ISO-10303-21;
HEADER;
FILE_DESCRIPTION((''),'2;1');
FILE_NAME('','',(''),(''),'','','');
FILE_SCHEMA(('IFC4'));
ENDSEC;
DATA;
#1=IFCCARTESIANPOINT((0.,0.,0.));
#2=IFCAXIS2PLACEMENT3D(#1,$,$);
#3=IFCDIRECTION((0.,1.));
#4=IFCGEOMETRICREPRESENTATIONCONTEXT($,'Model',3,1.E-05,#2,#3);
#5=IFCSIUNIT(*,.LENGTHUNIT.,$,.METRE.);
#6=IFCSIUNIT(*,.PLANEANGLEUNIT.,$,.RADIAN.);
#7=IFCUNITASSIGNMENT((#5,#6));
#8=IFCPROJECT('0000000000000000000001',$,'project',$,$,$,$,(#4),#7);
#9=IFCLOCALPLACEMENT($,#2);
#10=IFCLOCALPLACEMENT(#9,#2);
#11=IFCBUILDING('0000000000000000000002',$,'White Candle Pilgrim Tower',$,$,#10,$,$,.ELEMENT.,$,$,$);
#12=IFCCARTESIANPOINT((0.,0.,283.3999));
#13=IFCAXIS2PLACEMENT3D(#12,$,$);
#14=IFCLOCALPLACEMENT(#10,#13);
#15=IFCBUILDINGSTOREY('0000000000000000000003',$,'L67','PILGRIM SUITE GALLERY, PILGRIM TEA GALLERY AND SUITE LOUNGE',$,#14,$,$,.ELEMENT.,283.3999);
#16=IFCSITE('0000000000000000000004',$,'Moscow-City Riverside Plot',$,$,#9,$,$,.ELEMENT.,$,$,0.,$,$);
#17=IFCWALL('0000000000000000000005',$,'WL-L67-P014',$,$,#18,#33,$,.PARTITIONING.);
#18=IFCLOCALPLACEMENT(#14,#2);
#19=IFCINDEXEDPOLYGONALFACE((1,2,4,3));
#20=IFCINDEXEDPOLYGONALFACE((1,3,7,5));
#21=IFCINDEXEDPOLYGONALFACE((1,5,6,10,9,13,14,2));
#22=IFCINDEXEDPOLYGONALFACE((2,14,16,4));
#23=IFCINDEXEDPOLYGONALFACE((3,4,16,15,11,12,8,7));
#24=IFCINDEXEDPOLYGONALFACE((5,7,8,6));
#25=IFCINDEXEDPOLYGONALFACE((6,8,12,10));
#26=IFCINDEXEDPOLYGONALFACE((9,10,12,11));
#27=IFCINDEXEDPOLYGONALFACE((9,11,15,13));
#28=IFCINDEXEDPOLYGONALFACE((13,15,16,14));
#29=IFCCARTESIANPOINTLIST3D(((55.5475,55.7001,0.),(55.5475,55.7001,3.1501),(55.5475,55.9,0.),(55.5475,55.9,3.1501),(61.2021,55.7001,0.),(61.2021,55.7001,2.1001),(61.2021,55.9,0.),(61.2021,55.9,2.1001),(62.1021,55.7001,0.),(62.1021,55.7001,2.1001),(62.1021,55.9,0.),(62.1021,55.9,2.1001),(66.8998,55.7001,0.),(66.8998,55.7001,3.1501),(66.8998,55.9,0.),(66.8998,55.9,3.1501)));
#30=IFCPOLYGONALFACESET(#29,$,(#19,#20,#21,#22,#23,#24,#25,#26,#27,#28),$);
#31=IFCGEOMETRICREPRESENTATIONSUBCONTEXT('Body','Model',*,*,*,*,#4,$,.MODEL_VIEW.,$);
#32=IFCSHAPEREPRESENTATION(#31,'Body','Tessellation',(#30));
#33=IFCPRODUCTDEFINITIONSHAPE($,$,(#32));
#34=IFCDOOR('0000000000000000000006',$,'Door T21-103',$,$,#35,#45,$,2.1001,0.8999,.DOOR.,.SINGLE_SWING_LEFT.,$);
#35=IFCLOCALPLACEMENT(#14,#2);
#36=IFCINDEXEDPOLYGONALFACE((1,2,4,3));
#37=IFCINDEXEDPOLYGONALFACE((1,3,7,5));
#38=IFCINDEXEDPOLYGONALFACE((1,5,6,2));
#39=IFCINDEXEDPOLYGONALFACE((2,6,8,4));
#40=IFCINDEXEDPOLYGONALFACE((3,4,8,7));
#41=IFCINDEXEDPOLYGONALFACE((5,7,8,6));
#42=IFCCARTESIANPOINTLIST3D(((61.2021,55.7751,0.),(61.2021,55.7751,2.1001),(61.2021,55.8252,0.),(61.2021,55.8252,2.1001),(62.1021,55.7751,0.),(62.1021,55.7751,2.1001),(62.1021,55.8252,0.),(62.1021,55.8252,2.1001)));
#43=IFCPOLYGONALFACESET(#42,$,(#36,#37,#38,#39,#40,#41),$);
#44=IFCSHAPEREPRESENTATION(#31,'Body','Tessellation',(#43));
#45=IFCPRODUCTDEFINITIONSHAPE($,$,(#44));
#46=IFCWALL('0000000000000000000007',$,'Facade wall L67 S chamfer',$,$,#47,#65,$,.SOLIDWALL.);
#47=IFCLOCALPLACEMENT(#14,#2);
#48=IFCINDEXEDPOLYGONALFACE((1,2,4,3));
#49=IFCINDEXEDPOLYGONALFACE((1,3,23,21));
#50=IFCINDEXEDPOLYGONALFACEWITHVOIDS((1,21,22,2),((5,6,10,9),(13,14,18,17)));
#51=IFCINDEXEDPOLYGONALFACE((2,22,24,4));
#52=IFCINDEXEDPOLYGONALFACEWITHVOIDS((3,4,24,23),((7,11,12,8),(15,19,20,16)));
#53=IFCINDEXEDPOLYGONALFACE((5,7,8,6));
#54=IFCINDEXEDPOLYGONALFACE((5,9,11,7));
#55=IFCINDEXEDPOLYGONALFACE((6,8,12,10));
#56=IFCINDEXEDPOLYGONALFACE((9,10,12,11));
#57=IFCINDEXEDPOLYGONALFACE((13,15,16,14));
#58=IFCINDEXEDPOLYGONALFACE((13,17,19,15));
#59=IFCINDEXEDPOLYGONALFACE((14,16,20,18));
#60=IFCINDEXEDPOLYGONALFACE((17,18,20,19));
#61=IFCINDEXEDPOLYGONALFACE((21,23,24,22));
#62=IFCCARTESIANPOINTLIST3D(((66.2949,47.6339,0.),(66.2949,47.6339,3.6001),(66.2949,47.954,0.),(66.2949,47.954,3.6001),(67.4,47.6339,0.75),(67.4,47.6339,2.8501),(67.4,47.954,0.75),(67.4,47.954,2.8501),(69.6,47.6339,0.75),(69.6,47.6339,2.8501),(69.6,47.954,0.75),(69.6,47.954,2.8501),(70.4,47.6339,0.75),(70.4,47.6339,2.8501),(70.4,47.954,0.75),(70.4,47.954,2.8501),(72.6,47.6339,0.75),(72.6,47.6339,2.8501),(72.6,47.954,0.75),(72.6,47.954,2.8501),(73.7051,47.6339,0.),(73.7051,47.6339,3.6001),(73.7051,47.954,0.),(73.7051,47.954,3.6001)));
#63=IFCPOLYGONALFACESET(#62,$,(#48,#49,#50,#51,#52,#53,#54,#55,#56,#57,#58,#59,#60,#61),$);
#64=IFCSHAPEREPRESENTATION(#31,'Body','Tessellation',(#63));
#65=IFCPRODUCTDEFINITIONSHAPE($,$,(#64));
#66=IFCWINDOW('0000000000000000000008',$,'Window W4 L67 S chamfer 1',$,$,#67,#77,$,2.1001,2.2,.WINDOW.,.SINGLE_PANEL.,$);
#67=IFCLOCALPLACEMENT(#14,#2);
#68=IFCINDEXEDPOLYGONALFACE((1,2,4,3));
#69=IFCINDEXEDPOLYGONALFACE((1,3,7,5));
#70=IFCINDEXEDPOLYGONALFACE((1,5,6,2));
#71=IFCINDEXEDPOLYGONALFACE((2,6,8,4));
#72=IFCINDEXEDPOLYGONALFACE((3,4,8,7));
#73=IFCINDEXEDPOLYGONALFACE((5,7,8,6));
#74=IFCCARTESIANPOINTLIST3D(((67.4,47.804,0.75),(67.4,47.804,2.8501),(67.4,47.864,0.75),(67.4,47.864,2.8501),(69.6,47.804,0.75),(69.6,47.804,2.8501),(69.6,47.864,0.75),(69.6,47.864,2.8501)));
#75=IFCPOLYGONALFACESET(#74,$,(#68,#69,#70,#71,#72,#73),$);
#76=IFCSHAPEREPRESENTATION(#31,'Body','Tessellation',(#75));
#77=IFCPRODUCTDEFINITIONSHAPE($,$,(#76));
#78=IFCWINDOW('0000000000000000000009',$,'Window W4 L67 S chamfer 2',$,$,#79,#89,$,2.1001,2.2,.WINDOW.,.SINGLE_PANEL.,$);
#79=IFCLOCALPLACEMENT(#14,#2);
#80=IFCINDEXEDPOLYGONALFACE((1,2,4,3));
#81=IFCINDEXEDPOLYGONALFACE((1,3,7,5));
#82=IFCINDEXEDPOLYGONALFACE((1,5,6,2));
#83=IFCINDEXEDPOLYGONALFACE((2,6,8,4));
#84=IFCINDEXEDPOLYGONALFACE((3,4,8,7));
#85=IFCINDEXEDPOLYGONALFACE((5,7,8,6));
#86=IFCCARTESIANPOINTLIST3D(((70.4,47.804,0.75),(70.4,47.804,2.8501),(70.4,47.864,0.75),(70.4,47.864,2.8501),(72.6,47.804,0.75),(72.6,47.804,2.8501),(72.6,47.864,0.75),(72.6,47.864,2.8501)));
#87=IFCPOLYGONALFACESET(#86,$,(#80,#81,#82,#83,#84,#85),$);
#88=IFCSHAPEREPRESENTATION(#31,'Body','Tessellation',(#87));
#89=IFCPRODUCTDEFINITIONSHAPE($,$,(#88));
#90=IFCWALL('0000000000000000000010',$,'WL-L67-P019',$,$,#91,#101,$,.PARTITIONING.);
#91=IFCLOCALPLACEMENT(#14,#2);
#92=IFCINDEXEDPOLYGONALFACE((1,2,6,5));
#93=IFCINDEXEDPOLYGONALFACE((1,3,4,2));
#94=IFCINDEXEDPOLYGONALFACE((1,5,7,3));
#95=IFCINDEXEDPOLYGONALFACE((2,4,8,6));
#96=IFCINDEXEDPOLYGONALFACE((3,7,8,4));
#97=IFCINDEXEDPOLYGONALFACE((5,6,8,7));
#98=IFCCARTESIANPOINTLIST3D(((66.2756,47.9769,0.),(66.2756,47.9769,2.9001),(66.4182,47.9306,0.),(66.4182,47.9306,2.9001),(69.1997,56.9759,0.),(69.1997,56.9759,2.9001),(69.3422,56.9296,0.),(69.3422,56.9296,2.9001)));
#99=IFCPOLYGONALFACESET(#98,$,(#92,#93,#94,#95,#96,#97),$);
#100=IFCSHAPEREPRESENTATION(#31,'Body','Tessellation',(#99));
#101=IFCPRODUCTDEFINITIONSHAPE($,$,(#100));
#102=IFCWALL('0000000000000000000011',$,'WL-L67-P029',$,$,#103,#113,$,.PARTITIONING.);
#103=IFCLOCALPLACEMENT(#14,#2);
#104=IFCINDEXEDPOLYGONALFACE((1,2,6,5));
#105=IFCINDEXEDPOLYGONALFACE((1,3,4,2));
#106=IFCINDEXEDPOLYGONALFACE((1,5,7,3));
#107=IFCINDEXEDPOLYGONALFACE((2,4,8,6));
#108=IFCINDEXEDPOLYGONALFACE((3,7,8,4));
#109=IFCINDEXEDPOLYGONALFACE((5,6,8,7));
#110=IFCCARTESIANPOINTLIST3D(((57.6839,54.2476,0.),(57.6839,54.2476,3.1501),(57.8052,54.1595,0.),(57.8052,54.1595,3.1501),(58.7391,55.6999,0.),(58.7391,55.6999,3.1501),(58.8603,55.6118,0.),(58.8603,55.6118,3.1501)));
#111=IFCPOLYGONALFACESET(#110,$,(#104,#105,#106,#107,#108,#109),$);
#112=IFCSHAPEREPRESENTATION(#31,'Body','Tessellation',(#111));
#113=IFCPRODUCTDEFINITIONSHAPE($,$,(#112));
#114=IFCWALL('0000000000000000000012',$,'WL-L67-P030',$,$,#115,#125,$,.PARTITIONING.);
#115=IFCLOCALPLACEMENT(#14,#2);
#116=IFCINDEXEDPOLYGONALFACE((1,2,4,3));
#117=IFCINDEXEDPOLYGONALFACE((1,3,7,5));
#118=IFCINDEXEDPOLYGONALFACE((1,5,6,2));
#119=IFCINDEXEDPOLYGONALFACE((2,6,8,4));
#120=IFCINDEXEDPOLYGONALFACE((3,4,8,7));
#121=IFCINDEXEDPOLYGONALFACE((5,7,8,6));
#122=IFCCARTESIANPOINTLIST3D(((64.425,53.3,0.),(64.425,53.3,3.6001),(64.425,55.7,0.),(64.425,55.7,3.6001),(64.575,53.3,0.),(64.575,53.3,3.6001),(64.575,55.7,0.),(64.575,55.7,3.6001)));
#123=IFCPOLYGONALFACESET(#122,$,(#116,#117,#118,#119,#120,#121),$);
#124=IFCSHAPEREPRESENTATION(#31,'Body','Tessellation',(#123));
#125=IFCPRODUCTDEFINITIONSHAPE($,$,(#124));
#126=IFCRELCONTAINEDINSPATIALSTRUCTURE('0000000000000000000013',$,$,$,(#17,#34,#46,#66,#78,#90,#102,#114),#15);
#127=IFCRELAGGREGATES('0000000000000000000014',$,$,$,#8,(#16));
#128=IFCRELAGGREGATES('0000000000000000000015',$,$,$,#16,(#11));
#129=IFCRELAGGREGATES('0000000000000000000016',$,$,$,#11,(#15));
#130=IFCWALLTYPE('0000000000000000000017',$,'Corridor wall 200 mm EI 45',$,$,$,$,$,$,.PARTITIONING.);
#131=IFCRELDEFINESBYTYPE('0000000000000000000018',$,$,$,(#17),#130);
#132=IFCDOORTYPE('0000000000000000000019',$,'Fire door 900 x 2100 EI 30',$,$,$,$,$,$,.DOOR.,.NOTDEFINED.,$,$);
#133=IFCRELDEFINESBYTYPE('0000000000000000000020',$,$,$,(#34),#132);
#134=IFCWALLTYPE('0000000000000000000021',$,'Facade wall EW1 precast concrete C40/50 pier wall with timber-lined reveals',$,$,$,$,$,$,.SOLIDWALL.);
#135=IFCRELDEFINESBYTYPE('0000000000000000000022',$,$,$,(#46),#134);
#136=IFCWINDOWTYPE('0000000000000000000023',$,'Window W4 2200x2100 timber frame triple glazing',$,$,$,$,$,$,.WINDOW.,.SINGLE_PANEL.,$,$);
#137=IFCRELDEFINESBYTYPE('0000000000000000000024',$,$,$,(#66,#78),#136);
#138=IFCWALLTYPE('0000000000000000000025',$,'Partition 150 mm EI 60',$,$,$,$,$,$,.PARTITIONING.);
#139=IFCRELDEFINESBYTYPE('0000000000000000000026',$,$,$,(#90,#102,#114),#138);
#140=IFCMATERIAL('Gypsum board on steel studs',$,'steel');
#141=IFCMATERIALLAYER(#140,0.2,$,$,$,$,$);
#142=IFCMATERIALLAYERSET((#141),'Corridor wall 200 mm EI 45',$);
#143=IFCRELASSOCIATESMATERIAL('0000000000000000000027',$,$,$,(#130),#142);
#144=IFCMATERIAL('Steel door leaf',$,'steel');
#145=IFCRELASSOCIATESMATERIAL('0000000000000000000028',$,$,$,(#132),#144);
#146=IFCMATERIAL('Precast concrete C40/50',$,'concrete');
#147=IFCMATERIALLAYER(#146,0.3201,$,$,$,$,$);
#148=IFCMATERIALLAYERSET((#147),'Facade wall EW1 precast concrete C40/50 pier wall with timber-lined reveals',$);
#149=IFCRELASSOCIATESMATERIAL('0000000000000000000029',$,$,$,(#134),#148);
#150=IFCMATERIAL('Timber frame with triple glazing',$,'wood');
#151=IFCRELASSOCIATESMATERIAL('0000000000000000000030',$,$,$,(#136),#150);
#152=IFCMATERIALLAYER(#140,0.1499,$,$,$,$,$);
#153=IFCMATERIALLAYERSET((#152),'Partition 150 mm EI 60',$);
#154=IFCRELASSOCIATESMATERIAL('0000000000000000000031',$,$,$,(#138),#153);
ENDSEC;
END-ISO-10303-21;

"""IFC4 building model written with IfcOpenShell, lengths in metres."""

from ifc_helpers import new_model, si_unit, direction, frame, frame_2d, origin, place, context, subcontext, project, spatial, rectangle, extrude, material, layer, layer_set, type_object, element, fill, save


model = new_model("IFC4")

# Units and contexts
model_context = context("Model", 3, precision=1e-05, world=origin(), true_north=direction((0.0, 1.0)))
body_context = subcontext(model_context, "Body", "Model", "MODEL_VIEW")
ifc_project = project(units=[si_unit("LENGTHUNIT", "METRE"), si_unit("PLANEANGLEUNIT", "RADIAN")], contexts=[model_context])

# Site, building, storey
site_placement = place(None, origin())
site = spatial("IfcSite", under=ifc_project, at=site_placement, Name="Moscow-City Riverside Plot", CompositionType="ELEMENT", RefElevation=0.0)
building_placement = place(site_placement, origin())
building = spatial("IfcBuilding", under=site, at=building_placement, Name="White Candle Pilgrim Tower", CompositionType="ELEMENT")
storey_placement = place(building_placement, frame((0.0, 0.0, 283.3999)))
storey = spatial("IfcBuildingStorey", under=building, at=storey_placement, Name="L67", Description="PILGRIM SUITE GALLERY, PILGRIM TEA GALLERY AND SUITE LOUNGE", CompositionType="ELEMENT", Elevation=283.3999)

# Wall, opening, door
ifc_material_1 = material(Name="Gypsum board on steel studs", Category="steel")
ifc_layer_1 = layer(ifc_material_1, 0.2)
ifc_layer_set_1 = layer_set([ifc_layer_1], Name="Corridor wall 200 mm EI 45")
wall_type_1 = type_object("IfcWallType", Name="Corridor wall 200 mm EI 45", PredefinedType="PARTITIONING", material=ifc_layer_set_1)
wall_1_placement = place(storey_placement, frame((66.8999, 55.8, 0.0), z_axis=(0.0, 0.0, 1.0), x_axis=(-1.0, 0.0, 0.0)))
wall_1 = element("IfcWall", 1, at=wall_1_placement, inside=storey, type_object=wall_type_1, Name="WL-L67-P014", PredefinedType="PARTITIONING", context=body_context, shape_type="SweptSolid", body=[
    extrude(rectangle(XDim=11.3523, YDim=0.2, at=frame_2d((5.6763, 0.0))), origin(), (0.0, 0.0, 1.0), 3.1501),
])
opening_1_placement = place(wall_1_placement, frame((4.7979, 0.0, 0.0)))
opening_1 = element("IfcOpeningElement", 2, at=opening_1_placement, cuts=wall_1, PredefinedType="OPENING", context=body_context, shape_type="SweptSolid", body=[
    extrude(rectangle(XDim=0.8999, YDim=2.1001, at=frame_2d((0.45, 1.05))), frame((0.0, 0.1099, 0.0), z_axis=(0.0, -1.0, 0.0), x_axis=(1.0, 0.0, 0.0)), (0.0, 0.0, 1.0), 0.22),
])
ifc_material_2 = material(Name="Steel door leaf", Category="steel")
door_type = type_object("IfcDoorType", Name="Fire door 900 x 2100 EI 30", OperationType="NOTDEFINED", PredefinedType="DOOR", material=ifc_material_2)
door_placement = place(opening_1_placement, origin())
door = element("IfcDoor", 3, at=door_placement, inside=storey, type_object=door_type, Name="Door T21-103", OperationType="SINGLE_SWING_LEFT", OverallHeight=2.1001, OverallWidth=0.8999, PredefinedType="DOOR", context=body_context, shape_type="SweptSolid", body=[
    extrude(rectangle(XDim=0.8999, YDim=2.1001, at=frame_2d((0.45, 1.05))), frame((0.0, 0.0249, 0.0), z_axis=(0.0, -1.0, 0.0), x_axis=(1.0, 0.0, 0.0)), (0.0, 0.0, 1.0), 0.05),
])
fill(opening_1, door)

# Wall, openings, windows
ifc_material_3 = material(Name="Precast concrete C40/50", Category="concrete")
ifc_layer_2 = layer(ifc_material_3, 0.3201)
ifc_layer_set_2 = layer_set([ifc_layer_2], Name="Facade wall EW1 precast concrete C40/50 pier wall with timber-lined reveals")
wall_type_2 = type_object("IfcWallType", Name="Facade wall EW1 precast concrete C40/50 pier wall with timber-lined reveals", PredefinedType="SOLIDWALL", material=ifc_layer_set_2)
wall_2_placement = place(storey_placement, frame((66.2949, 47.7939, 0.0), z_axis=(0.0, 0.0, 1.0), x_axis=(1.0, 0.0, 0.0)))
wall_2 = element("IfcWall", 4, at=wall_2_placement, inside=storey, type_object=wall_type_2, Name="Facade wall L67 S chamfer", PredefinedType="SOLIDWALL", context=body_context, shape_type="SweptSolid", body=[
    extrude(rectangle(XDim=7.4102, YDim=0.3201, at=frame_2d((3.7051, 0.0))), origin(), (0.0, 0.0, 1.0), 3.6001),
])
opening_2_placement = place(wall_2_placement, frame((1.105, 0.0, 0.75)))
opening_2 = element("IfcOpeningElement", 5, at=opening_2_placement, cuts=wall_2, PredefinedType="OPENING", context=body_context, shape_type="SweptSolid", body=[
    extrude(rectangle(XDim=2.2, YDim=2.1001, at=frame_2d((1.1001, 1.05))), frame((0.0, 0.1699, 0.0), z_axis=(0.0, -1.0, 0.0), x_axis=(1.0, 0.0, 0.0)), (0.0, 0.0, 1.0), 0.3401),
])
opening_3_placement = place(wall_2_placement, frame((4.105, 0.0, 0.75)))
opening_3 = element("IfcOpeningElement", 6, at=opening_3_placement, cuts=wall_2, PredefinedType="OPENING", context=body_context, shape_type="SweptSolid", body=[
    extrude(rectangle(XDim=2.2, YDim=2.1001, at=frame_2d((1.1001, 1.05))), frame((0.0, 0.1699, 0.0), z_axis=(0.0, -1.0, 0.0), x_axis=(1.0, 0.0, 0.0)), (0.0, 0.0, 1.0), 0.3401),
])
ifc_material_4 = material(Name="Timber frame with triple glazing", Category="wood")
window_type = type_object("IfcWindowType", Name="Window W4 2200x2100 timber frame triple glazing", PartitioningType="SINGLE_PANEL", PredefinedType="WINDOW", material=ifc_material_4)
window_1_placement = place(opening_2_placement, origin())
window_1 = element("IfcWindow", 7, at=window_1_placement, inside=storey, type_object=window_type, Name="Window W4 L67 S chamfer 1", OverallHeight=2.1001, OverallWidth=2.2, PartitioningType="SINGLE_PANEL", PredefinedType="WINDOW", context=body_context, shape_type="SweptSolid", body=[
    extrude(rectangle(XDim=2.2, YDim=2.1001, at=frame_2d((1.1001, 1.05))), frame((0.0, 0.0701, 0.0), z_axis=(0.0, -1.0, 0.0), x_axis=(1.0, 0.0, 0.0)), (0.0, 0.0, 1.0), 0.0601),
])
fill(opening_2, window_1)
window_2_placement = place(opening_3_placement, origin())
window_2 = element("IfcWindow", 8, at=window_2_placement, inside=storey, type_object=window_type, Name="Window W4 L67 S chamfer 2", OverallHeight=2.1001, OverallWidth=2.2, PartitioningType="SINGLE_PANEL", PredefinedType="WINDOW", context=body_context, shape_type="SweptSolid", body=[
    extrude(rectangle(XDim=2.2, YDim=2.1001, at=frame_2d((1.1001, 1.05))), frame((0.0, 0.0701, 0.0), z_axis=(0.0, -1.0, 0.0), x_axis=(1.0, 0.0, 0.0)), (0.0, 0.0, 1.0), 0.0601),
])
fill(opening_3, window_2)

# Walls
ifc_layer_3 = layer(ifc_material_1, 0.1499)
ifc_layer_set_3 = layer_set([ifc_layer_3], Name="Partition 150 mm EI 60")
wall_type_3 = type_object("IfcWallType", Name="Partition 150 mm EI 60", PredefinedType="PARTITIONING", material=ifc_layer_set_3)
wall_3_placement = place(storey_placement, frame((66.3469, 47.9539, 0.0), z_axis=(0.0, 0.0, 1.0), x_axis=(0.309028, 0.951053, 0.0)))
element("IfcWall", 9, at=wall_3_placement, inside=storey, type_object=wall_type_3, Name="WL-L67-P019", PredefinedType="PARTITIONING", context=body_context, shape_type="SweptSolid", body=[
    extrude(rectangle(XDim=9.4622, YDim=0.1499, at=frame_2d((4.731, 0.0))), origin(), (0.0, 0.0, 1.0), 2.9001),
])
wall_4_placement = place(storey_placement, frame((57.7446, 54.2036, 0.0), z_axis=(0.0, 0.0, 1.0), x_axis=(0.587767, 0.80903, 0.0)))
element("IfcWall", 10, at=wall_4_placement, inside=storey, type_object=wall_type_3, Name="WL-L67-P029", PredefinedType="PARTITIONING", context=body_context, shape_type="SweptSolid", body=[
    extrude(rectangle(XDim=1.7952, YDim=0.1499, at=frame_2d((0.8975, 0.0))), origin(), (0.0, 0.0, 1.0), 3.1501),
])
wall_5_placement = place(storey_placement, frame((64.5, 55.7, 0.0), z_axis=(0.0, 0.0, 1.0), x_axis=(0.0, -1.0, 0.0)))
element("IfcWall", 11, at=wall_5_placement, inside=storey, type_object=wall_type_3, Name="WL-L67-P030", PredefinedType="PARTITIONING", context=body_context, shape_type="SweptSolid", body=[
    extrude(rectangle(XDim=2.3999, YDim=0.1499, at=frame_2d((1.2, 0.0))), origin(), (0.0, 0.0, 1.0), 3.6001),
])

save(model, "model.ifc")
